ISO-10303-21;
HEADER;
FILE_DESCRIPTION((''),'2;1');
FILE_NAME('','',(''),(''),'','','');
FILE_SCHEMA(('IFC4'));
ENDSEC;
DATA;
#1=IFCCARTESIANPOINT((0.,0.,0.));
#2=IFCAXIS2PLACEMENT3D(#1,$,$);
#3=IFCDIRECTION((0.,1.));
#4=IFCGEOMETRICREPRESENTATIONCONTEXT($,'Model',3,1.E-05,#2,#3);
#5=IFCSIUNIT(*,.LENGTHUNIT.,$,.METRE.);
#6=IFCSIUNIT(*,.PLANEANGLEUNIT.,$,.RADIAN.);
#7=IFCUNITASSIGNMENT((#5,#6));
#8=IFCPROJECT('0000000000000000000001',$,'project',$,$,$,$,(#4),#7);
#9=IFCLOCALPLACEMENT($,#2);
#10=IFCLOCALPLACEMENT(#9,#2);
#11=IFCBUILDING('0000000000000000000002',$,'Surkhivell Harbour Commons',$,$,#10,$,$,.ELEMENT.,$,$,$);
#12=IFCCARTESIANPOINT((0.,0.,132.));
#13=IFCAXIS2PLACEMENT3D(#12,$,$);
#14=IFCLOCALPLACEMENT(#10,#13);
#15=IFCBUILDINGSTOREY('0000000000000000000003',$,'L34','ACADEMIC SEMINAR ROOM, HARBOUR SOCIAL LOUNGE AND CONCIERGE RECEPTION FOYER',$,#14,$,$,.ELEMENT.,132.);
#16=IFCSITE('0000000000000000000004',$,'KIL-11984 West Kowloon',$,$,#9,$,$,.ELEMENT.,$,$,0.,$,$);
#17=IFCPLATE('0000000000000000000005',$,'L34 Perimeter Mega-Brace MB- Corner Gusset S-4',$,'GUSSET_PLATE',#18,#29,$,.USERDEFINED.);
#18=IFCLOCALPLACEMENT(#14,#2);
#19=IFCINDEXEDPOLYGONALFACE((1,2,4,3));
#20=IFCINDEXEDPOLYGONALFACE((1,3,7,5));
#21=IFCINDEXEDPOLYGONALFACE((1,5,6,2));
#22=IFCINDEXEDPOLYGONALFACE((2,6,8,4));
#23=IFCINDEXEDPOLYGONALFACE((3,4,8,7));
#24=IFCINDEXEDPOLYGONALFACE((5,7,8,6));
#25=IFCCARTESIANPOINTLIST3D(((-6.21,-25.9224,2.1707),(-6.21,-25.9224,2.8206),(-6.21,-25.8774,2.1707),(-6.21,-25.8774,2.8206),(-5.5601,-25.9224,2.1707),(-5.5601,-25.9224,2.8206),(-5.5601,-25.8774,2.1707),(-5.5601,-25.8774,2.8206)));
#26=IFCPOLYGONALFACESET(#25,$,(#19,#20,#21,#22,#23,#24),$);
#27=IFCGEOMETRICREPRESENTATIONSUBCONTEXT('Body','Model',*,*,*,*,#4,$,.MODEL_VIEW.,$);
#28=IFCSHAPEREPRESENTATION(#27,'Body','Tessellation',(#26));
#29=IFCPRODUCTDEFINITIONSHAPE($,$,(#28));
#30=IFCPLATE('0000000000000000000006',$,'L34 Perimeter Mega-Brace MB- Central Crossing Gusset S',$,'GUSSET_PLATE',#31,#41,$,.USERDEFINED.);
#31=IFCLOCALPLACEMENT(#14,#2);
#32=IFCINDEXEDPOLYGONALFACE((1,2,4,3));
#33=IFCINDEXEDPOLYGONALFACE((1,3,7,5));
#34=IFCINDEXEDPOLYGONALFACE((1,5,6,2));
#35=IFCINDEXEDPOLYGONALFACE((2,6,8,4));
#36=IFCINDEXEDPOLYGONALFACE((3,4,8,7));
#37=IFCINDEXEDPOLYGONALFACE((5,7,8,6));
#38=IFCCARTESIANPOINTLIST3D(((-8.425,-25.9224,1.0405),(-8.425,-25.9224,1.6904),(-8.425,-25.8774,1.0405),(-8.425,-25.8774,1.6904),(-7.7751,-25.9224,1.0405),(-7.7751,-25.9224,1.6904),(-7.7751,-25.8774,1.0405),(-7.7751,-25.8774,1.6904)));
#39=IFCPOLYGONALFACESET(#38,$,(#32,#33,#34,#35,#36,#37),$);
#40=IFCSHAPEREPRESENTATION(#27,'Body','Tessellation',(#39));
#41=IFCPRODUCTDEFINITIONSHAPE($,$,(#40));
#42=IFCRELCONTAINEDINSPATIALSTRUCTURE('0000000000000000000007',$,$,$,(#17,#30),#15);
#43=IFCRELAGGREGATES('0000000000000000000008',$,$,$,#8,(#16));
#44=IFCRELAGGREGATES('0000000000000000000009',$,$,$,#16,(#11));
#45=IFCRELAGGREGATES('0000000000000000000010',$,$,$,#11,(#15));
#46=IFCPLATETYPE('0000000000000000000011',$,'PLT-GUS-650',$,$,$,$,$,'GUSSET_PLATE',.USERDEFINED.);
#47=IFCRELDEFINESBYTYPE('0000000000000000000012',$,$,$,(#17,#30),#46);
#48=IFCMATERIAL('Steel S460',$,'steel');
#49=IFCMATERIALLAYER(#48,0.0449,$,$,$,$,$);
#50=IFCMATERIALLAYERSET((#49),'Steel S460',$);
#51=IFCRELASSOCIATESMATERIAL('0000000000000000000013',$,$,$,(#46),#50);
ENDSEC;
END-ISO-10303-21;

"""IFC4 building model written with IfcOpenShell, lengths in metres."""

from ifc_helpers import new_model, si_unit, direction, frame, origin, origin_2d, place, context, subcontext, project, spatial, rectangle, extrude, material, layer, layer_set, type_object, element, save


model = new_model("IFC4")

# Units and contexts
model_context = context("Model", 3, precision=1e-05, world=origin(), true_north=direction((0.0, 1.0)))
body_context = subcontext(model_context, "Body", "Model", "MODEL_VIEW")
ifc_project = project(units=[si_unit("LENGTHUNIT", "METRE"), si_unit("PLANEANGLEUNIT", "RADIAN")], contexts=[model_context])

# Site, building, storey
site_placement = place(None, origin())
site = spatial("IfcSite", under=ifc_project, at=site_placement, Name="KIL-11984 West Kowloon", CompositionType="ELEMENT", RefElevation=0.0)
building_placement = place(site_placement, origin())
building = spatial("IfcBuilding", under=site, at=building_placement, Name="Surkhivell Harbour Commons", CompositionType="ELEMENT")
storey_placement = place(building_placement, frame((0.0, 0.0, 132.0)))
storey = spatial("IfcBuildingStorey", under=building, at=storey_placement, Name="L34", Description="ACADEMIC SEMINAR ROOM, HARBOUR SOCIAL LOUNGE AND CONCIERGE RECEPTION FOYER", CompositionType="ELEMENT", Elevation=132.0)

# Shared definitions
ifc_material_1 = material(Name="Steel S460", Category="steel")

# Plates
ifc_layer_1 = layer(ifc_material_1, 0.0449)
ifc_layer_set_1 = layer_set([ifc_layer_1], Name="Steel S460")
plate_type_1 = type_object("IfcPlateType", Name="PLT-GUS-650", ElementType="GUSSET_PLATE", PredefinedType="USERDEFINED", material=ifc_layer_set_1)
for number, where, z_axis, x_axis, name in (
    (1, (-5.885, -25.8999, 2.1707), (0.0, 0.0, 1.0), (1.0, 0.0, 0.0), "L34 Perimeter Mega-Brace MB- Corner Gusset S-4"),
    (2, (-8.1001, -25.8999, 1.0405), (0.0, 0.0, 1.0), (1.0, 0.0, 0.0), "L34 Perimeter Mega-Brace MB- Central Crossing Gusset S"),
):
    element("IfcPlate", number, at=place(storey_placement, frame(where, z_axis=z_axis, x_axis=x_axis)), inside=storey, type_object=plate_type_1, Name=name, ObjectType="GUSSET_PLATE", PredefinedType="USERDEFINED", context=body_context, shape_type="SweptSolid", body=[
        extrude(rectangle(XDim=0.6499, YDim=0.0449, at=origin_2d()), origin(), (0.0, 0.0, 1.0), 0.6499),
    ])

save(model, "model.ifc")
